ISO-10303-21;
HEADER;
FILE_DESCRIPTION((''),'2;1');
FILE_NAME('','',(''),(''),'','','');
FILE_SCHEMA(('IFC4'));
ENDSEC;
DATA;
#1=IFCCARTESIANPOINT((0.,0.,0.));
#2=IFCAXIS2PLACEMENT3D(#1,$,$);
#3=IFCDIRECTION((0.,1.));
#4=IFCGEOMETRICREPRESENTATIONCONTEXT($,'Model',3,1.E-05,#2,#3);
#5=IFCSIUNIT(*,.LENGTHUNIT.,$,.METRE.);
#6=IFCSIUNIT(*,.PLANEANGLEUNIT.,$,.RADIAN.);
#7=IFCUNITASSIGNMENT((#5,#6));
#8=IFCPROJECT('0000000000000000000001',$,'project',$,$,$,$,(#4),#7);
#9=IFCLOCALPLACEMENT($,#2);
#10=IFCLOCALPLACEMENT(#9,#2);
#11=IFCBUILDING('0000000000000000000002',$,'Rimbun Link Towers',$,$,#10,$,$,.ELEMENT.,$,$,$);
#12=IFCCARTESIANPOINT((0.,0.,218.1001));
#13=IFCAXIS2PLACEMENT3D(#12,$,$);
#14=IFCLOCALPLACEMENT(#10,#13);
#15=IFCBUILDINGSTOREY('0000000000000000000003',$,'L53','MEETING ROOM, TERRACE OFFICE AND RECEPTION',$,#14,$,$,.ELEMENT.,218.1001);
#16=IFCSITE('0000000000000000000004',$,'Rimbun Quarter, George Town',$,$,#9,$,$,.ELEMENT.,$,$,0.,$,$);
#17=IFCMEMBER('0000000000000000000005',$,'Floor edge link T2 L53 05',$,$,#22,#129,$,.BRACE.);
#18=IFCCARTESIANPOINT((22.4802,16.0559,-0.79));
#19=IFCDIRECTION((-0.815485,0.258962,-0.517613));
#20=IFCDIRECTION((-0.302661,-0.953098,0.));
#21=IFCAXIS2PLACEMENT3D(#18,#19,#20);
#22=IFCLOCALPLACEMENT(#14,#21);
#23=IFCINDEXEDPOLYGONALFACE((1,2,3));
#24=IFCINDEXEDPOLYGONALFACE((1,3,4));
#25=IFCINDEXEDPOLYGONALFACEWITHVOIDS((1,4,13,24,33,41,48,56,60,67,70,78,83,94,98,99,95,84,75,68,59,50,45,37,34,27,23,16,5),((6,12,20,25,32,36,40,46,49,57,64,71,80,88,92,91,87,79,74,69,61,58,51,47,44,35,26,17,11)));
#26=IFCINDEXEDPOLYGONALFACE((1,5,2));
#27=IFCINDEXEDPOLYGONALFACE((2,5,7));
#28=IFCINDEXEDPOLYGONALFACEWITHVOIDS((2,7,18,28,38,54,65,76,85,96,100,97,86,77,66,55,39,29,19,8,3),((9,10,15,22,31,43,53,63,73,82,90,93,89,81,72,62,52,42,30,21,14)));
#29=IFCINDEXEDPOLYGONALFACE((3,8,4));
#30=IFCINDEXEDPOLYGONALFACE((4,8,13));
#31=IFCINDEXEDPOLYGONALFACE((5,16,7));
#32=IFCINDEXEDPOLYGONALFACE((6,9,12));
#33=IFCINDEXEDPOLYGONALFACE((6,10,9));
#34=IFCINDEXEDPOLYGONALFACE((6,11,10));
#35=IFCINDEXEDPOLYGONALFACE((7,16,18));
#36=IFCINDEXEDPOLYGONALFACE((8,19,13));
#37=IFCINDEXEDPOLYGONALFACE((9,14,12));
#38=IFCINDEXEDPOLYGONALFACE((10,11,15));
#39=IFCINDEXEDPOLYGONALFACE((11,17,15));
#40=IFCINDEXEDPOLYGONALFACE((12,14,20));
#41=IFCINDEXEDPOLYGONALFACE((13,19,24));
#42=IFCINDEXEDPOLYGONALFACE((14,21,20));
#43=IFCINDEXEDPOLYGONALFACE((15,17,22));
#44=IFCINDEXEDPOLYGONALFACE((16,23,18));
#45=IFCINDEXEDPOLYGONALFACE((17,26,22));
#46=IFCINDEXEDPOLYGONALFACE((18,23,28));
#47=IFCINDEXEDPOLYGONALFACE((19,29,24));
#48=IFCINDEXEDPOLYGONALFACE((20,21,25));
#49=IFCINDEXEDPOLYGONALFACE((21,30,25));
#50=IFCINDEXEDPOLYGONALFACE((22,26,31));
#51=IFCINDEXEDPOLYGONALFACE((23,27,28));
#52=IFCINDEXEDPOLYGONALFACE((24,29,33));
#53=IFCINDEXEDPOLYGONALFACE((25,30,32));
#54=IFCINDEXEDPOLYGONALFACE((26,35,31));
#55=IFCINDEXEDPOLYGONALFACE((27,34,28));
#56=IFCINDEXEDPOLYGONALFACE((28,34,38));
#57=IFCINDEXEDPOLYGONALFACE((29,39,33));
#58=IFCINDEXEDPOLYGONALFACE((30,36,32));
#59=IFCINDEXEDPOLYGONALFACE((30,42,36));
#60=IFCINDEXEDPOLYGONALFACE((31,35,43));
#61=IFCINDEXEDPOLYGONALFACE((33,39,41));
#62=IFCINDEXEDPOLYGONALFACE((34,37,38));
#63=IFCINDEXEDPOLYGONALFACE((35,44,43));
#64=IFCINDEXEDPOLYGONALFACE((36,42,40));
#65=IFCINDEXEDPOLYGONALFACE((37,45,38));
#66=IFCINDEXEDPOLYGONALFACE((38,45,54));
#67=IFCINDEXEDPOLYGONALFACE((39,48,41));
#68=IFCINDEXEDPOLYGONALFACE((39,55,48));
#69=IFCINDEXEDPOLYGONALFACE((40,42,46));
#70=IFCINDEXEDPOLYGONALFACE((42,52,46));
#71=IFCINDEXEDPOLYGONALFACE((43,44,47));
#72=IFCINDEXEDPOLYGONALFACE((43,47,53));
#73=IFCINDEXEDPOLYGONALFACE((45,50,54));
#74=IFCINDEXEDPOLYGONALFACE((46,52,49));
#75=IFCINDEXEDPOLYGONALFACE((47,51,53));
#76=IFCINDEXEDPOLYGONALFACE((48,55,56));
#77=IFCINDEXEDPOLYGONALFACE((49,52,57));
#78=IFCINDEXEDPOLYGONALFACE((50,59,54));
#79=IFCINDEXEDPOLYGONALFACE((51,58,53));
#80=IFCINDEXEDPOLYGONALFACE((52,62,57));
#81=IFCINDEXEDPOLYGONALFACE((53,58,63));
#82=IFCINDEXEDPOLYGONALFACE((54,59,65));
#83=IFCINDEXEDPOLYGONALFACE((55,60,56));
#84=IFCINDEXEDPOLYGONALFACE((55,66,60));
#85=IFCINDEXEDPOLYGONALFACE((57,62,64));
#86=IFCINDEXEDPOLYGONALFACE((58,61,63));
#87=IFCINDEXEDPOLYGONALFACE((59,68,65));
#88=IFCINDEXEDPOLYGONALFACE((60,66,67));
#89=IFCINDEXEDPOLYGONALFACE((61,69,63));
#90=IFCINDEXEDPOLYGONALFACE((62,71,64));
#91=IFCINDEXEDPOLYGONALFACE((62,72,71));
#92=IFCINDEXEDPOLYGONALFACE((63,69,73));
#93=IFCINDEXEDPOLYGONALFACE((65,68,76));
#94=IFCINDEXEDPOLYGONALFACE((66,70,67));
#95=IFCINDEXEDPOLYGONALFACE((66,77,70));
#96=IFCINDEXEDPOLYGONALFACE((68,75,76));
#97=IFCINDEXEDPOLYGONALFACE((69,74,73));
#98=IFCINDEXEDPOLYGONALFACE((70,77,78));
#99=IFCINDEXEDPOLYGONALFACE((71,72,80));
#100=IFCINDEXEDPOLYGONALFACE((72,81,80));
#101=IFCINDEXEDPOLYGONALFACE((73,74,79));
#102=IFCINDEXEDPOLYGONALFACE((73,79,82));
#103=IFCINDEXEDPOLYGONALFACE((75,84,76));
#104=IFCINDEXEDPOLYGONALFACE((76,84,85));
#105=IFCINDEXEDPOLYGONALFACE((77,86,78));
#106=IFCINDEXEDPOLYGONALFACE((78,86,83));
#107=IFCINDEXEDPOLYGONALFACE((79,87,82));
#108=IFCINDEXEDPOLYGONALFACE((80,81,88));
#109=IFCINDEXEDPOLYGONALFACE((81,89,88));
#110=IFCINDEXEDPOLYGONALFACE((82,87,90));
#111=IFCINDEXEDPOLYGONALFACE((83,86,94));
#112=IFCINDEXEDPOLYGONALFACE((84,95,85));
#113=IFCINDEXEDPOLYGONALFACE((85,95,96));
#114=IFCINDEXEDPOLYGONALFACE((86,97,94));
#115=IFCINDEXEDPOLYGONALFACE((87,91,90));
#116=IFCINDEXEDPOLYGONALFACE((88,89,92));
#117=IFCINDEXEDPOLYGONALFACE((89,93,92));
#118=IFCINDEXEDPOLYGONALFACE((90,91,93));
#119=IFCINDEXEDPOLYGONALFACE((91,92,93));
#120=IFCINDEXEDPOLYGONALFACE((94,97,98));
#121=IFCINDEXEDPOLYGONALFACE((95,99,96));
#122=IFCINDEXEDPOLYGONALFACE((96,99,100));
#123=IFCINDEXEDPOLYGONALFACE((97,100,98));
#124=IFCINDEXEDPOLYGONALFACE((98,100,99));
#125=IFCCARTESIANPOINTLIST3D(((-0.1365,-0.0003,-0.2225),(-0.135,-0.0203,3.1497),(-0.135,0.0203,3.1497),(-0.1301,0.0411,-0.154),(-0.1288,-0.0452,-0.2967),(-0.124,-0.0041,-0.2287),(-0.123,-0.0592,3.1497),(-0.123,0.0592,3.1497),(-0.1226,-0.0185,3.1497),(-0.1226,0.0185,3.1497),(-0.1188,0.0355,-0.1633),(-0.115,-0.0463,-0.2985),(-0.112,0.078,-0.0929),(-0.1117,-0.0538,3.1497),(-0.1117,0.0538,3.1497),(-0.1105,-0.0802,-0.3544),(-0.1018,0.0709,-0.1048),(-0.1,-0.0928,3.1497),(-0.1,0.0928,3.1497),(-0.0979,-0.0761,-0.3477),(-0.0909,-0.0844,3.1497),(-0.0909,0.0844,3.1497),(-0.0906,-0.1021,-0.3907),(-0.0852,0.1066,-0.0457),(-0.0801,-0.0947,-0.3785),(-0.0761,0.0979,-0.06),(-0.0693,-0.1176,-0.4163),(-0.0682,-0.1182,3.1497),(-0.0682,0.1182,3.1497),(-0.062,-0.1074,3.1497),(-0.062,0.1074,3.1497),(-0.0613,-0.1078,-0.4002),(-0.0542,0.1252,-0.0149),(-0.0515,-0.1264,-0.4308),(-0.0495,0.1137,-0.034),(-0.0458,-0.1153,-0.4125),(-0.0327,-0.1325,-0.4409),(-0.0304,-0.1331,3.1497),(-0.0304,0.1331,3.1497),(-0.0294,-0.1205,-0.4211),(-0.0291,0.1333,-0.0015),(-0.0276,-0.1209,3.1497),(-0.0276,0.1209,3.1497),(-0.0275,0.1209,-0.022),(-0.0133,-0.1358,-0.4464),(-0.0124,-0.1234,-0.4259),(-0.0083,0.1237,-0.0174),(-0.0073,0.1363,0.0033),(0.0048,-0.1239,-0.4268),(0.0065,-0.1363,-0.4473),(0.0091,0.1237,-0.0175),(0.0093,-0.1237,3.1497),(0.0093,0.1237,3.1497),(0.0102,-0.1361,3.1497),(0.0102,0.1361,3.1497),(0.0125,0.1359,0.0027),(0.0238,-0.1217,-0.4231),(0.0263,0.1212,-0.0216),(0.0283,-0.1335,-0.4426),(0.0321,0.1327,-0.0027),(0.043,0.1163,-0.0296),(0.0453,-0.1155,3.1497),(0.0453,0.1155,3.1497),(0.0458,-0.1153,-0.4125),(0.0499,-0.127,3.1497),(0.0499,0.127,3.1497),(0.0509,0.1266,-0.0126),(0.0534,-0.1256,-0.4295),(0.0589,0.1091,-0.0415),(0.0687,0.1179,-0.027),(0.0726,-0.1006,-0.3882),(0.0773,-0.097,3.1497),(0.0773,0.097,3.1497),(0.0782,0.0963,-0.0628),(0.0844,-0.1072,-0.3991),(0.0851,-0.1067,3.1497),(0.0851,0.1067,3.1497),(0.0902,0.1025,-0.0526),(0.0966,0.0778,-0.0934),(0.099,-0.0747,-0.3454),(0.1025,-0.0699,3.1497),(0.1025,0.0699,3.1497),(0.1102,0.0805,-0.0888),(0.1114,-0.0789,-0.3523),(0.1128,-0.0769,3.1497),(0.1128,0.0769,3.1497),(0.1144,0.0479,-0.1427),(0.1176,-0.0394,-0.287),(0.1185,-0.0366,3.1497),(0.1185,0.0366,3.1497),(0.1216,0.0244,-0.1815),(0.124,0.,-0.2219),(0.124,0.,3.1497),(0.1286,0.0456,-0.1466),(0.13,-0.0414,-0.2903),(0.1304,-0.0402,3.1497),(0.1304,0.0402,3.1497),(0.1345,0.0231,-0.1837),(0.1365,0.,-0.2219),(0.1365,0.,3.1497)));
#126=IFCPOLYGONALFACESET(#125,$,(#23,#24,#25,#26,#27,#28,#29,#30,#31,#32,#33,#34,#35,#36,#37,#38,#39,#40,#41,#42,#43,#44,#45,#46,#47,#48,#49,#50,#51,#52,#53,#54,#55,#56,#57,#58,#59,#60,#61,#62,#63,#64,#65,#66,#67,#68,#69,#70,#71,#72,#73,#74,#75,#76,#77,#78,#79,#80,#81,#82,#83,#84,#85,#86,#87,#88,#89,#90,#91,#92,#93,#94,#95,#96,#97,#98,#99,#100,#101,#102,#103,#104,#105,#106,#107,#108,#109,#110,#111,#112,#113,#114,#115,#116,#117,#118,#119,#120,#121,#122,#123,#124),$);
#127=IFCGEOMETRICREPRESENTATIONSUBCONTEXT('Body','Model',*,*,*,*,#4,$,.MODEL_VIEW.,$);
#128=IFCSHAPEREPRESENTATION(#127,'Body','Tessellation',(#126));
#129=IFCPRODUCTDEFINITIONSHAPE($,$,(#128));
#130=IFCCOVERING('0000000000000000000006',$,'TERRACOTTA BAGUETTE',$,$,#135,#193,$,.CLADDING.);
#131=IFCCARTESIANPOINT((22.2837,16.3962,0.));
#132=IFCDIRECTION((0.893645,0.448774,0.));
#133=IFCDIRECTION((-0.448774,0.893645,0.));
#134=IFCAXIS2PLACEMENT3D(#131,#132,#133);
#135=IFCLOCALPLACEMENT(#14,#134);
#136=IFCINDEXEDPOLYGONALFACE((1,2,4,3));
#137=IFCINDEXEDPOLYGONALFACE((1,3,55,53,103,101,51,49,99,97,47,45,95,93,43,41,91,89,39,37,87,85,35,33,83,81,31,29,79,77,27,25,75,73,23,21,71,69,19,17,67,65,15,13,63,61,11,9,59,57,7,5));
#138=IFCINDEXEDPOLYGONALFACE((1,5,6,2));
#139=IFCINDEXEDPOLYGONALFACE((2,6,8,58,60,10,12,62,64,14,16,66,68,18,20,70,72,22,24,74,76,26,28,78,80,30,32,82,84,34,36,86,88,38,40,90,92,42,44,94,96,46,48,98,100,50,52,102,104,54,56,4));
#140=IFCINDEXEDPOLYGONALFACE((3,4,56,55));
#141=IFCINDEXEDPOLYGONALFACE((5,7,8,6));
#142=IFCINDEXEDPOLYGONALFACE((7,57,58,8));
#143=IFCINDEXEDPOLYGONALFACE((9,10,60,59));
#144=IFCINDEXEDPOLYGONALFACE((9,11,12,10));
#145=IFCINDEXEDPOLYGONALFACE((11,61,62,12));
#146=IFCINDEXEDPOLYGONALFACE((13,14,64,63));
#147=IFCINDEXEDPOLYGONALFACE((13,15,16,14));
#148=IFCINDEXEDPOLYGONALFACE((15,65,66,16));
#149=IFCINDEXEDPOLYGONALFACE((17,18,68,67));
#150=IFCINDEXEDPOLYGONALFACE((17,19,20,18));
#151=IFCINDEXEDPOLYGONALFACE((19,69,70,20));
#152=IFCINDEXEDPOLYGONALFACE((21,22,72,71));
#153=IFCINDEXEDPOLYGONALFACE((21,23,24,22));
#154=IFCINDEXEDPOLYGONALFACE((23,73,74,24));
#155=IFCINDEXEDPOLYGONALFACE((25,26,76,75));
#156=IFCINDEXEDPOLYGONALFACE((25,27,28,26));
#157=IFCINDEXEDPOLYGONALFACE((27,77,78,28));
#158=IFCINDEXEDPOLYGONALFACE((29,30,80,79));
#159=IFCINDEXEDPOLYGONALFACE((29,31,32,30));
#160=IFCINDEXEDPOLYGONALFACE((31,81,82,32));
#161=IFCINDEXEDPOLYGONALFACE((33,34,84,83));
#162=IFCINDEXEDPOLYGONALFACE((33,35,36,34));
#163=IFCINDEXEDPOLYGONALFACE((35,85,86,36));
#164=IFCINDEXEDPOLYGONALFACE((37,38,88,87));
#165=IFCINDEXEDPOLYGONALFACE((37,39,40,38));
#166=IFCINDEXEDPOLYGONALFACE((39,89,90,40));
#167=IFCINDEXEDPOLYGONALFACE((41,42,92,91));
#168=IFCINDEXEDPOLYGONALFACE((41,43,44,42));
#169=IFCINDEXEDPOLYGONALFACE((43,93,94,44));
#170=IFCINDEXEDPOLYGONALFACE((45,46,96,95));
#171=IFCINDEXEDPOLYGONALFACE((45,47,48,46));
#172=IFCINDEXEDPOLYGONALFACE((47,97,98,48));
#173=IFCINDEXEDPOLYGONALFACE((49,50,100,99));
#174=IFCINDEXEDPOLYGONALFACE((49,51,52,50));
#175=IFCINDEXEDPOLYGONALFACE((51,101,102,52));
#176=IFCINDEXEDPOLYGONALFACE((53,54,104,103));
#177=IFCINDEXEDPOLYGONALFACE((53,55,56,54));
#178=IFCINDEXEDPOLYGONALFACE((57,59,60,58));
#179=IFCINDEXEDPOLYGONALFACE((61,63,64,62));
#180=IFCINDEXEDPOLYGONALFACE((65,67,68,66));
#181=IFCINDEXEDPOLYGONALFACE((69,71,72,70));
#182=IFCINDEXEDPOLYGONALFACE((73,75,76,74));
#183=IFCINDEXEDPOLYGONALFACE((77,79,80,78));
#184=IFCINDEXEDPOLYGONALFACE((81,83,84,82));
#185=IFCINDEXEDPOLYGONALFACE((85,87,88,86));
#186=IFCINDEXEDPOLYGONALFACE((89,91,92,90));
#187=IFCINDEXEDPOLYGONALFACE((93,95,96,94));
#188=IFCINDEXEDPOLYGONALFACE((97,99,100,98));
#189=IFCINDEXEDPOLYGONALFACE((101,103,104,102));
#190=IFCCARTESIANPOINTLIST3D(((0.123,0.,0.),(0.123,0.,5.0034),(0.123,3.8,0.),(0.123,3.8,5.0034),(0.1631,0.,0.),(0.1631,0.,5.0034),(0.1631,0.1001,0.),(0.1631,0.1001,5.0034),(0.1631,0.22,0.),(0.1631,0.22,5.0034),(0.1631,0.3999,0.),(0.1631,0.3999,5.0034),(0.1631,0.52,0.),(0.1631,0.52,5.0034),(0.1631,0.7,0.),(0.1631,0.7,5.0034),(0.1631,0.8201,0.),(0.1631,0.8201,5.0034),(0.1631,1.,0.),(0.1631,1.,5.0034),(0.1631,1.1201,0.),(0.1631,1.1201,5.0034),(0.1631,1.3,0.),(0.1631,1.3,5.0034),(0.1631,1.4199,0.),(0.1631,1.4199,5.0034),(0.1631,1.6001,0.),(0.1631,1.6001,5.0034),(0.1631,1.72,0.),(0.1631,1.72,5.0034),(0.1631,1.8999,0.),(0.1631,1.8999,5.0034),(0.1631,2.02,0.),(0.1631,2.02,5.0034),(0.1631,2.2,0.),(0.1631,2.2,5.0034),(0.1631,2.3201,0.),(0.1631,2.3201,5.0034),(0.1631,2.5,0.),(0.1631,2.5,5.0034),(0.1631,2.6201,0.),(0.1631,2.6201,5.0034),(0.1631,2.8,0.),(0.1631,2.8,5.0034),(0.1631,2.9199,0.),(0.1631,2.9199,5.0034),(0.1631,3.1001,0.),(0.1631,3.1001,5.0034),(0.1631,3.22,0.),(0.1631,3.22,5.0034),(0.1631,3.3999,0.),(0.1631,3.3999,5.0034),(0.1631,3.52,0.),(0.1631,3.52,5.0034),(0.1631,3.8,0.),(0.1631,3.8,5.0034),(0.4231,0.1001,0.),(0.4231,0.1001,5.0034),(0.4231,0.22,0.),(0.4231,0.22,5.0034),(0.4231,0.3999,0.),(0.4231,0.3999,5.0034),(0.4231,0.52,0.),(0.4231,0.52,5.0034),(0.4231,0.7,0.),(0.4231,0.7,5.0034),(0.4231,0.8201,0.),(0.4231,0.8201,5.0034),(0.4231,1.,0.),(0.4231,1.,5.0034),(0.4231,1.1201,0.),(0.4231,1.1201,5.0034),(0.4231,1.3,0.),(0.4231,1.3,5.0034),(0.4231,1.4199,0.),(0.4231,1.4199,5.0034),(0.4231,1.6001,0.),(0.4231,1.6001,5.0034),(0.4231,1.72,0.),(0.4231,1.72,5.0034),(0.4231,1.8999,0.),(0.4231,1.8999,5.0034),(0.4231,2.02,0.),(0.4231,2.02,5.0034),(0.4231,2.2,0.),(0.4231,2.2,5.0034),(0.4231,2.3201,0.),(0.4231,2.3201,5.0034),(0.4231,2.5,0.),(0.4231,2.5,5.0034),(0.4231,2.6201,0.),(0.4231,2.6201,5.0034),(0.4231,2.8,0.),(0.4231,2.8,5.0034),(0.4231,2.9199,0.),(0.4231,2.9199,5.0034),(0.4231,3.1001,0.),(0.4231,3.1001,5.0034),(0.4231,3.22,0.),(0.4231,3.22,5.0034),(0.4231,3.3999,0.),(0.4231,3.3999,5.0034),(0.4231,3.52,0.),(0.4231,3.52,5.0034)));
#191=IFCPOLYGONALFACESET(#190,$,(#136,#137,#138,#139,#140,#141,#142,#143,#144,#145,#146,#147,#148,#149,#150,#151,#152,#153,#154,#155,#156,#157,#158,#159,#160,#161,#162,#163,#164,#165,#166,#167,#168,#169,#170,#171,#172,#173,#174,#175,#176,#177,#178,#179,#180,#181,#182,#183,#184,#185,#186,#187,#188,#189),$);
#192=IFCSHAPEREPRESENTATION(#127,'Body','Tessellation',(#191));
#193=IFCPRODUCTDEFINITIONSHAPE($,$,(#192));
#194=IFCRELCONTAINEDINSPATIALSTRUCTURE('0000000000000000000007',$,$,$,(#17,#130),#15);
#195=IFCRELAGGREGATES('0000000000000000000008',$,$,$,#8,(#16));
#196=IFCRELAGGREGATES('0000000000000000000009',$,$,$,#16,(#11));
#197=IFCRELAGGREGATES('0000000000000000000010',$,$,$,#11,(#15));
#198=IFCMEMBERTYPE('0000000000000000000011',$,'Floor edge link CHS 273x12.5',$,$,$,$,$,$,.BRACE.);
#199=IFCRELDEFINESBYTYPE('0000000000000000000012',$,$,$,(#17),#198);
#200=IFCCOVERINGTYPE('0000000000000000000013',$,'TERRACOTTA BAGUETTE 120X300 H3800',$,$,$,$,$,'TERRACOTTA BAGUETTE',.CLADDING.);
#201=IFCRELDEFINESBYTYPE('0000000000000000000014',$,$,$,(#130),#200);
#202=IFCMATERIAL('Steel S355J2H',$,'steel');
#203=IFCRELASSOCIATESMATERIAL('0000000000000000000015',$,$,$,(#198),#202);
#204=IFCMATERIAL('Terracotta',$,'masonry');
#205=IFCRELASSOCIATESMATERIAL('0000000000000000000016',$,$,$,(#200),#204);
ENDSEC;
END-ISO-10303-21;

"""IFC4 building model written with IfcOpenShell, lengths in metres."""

from ifc_helpers import new_model, si_unit, direction, frame, origin, origin_2d, place, context, subcontext, project, spatial, polyline, hollow_circle, outline, extrude, clip, halfspace, material, material_profile, profile_set, type_object, element, save


model = new_model("IFC4")

# Units and contexts
model_context = context("Model", 3, precision=1e-05, world=origin(), true_north=direction((0.0, 1.0)))
body_context = subcontext(model_context, "Body", "Model", "MODEL_VIEW")
ifc_project = project(units=[si_unit("LENGTHUNIT", "METRE"), si_unit("PLANEANGLEUNIT", "RADIAN")], contexts=[model_context])

# Site, building, storey
site_placement = place(None, origin())
site = spatial("IfcSite", under=ifc_project, at=site_placement, Name="Rimbun Quarter, George Town", CompositionType="ELEMENT", RefElevation=0.0)
building_placement = place(site_placement, origin())
building = spatial("IfcBuilding", under=site, at=building_placement, Name="Rimbun Link Towers", CompositionType="ELEMENT")
storey_placement = place(building_placement, frame((0.0, 0.0, 218.1001)))
storey = spatial("IfcBuildingStorey", under=building, at=storey_placement, Name="L53", Description="MEETING ROOM, TERRACE OFFICE AND RECEPTION", CompositionType="ELEMENT", Elevation=218.1001)

# Member
ifc_material_1 = material(Name="Steel S355J2H", Category="steel")
ifc_material_profile_1 = material_profile(ifc_material_1, hollow_circle(Radius=0.1365, WallThickness=0.0125, at=origin_2d()), Name="CHS 273x12.5")
ifc_profile_set_1 = profile_set([ifc_material_profile_1], Name="Steel S355J2H")
member_type_1 = type_object("IfcMemberType", Name="Floor edge link CHS 273x12.5", PredefinedType="BRACE", material=ifc_profile_set_1)
member_1_placement = place(storey_placement, frame((22.4802, 16.0559, -0.79), z_axis=(-0.815485, 0.258962, -0.517613), x_axis=(-0.302661, -0.953098, 0.0)))
element("IfcMember", 1, at=member_1_placement, inside=storey, type_object=member_type_1, Name="Floor edge link T2 L53 05", PredefinedType="BRACE", context=body_context, shape_type="Clipping", body=[
    clip(extrude(hollow_circle(Radius=0.1365, WallThickness=0.0125, at=origin_2d()), frame((0.0, 0.0, -0.4707)), (0.0, 0.0, 1.0), 3.6204), halfspace(frame((0.0, 0.0, -0.2219), z_axis=(0.0, 0.855615, -0.517613)), False)),
])

# Covering
ifc_material_2 = material(Name="Terracotta", Category="masonry")
ifc_material_profile_2 = material_profile(ifc_material_2, outline(polyline([(0.123, 0.0), (0.1631, 0.0), (0.1631, 0.1001), (0.4231, 0.1001), (0.4231, 0.22), (0.1631, 0.22), (0.1631, 0.3999), (0.4231, 0.3999), (0.4231, 0.52), (0.1631, 0.52), (0.1631, 0.7), (0.4231, 0.7), (0.4231, 0.8201), (0.1631, 0.8201), (0.1631, 1.0), (0.4231, 1.0), (0.4231, 1.1201), (0.1631, 1.1201), (0.1631, 1.3), (0.4231, 1.3), (0.4231, 1.4199), (0.1631, 1.4199), (0.1631, 1.6001), (0.4231, 1.6001), (0.4231, 1.72), (0.1631, 1.72), (0.1631, 1.8999), (0.4231, 1.8999), (0.4231, 2.02), (0.1631, 2.02), (0.1631, 2.2), (0.4231, 2.2), (0.4231, 2.3201), (0.1631, 2.3201), (0.1631, 2.5), (0.4231, 2.5), (0.4231, 2.6201), (0.1631, 2.6201), (0.1631, 2.8), (0.4231, 2.8), (0.4231, 2.9199), (0.1631, 2.9199), (0.1631, 3.1001), (0.4231, 3.1001), (0.4231, 3.22), (0.1631, 3.22), (0.1631, 3.3999), (0.4231, 3.3999), (0.4231, 3.52), (0.1631, 3.52), (0.1631, 3.8), (0.123, 3.8), (0.123, 0.0)])), Name="BAGUETTE 120X300")
ifc_profile_set_2 = profile_set([ifc_material_profile_2], Name="Terracotta")
covering_type = type_object("IfcCoveringType", Name="TERRACOTTA BAGUETTE 120X300 H3800", ElementType="TERRACOTTA BAGUETTE", PredefinedType="CLADDING", material=ifc_profile_set_2)
covering_1_placement = place(storey_placement, frame((22.2837, 16.3962, 0.0), z_axis=(0.893645, 0.448774, 0.0), x_axis=(-0.448774, 0.893645, 0.0)))
element("IfcCovering", 2, at=covering_1_placement, inside=storey, type_object=covering_type, Name="TERRACOTTA BAGUETTE", PredefinedType="CLADDING", context=body_context, shape_type="SweptSolid", body=[
    extrude(outline(polyline([(0.123, 0.0), (0.1631, 0.0), (0.1631, 0.1001), (0.4231, 0.1001), (0.4231, 0.22), (0.1631, 0.22), (0.1631, 0.3999), (0.4231, 0.3999), (0.4231, 0.52), (0.1631, 0.52), (0.1631, 0.7), (0.4231, 0.7), (0.4231, 0.8201), (0.1631, 0.8201), (0.1631, 1.0), (0.4231, 1.0), (0.4231, 1.1201), (0.1631, 1.1201), (0.1631, 1.3), (0.4231, 1.3), (0.4231, 1.4199), (0.1631, 1.4199), (0.1631, 1.6001), (0.4231, 1.6001), (0.4231, 1.72), (0.1631, 1.72), (0.1631, 1.8999), (0.4231, 1.8999), (0.4231, 2.02), (0.1631, 2.02), (0.1631, 2.2), (0.4231, 2.2), (0.4231, 2.3201), (0.1631, 2.3201), (0.1631, 2.5), (0.4231, 2.5), (0.4231, 2.6201), (0.1631, 2.6201), (0.1631, 2.8), (0.4231, 2.8), (0.4231, 2.9199), (0.1631, 2.9199), (0.1631, 3.1001), (0.4231, 3.1001), (0.4231, 3.22), (0.1631, 3.22), (0.1631, 3.3999), (0.4231, 3.3999), (0.4231, 3.52), (0.1631, 3.52), (0.1631, 3.8), (0.123, 3.8), (0.123, 0.0)])), origin(), (0.0, 0.0, 1.0), 5.0034),
])

save(model, "model.ifc")
